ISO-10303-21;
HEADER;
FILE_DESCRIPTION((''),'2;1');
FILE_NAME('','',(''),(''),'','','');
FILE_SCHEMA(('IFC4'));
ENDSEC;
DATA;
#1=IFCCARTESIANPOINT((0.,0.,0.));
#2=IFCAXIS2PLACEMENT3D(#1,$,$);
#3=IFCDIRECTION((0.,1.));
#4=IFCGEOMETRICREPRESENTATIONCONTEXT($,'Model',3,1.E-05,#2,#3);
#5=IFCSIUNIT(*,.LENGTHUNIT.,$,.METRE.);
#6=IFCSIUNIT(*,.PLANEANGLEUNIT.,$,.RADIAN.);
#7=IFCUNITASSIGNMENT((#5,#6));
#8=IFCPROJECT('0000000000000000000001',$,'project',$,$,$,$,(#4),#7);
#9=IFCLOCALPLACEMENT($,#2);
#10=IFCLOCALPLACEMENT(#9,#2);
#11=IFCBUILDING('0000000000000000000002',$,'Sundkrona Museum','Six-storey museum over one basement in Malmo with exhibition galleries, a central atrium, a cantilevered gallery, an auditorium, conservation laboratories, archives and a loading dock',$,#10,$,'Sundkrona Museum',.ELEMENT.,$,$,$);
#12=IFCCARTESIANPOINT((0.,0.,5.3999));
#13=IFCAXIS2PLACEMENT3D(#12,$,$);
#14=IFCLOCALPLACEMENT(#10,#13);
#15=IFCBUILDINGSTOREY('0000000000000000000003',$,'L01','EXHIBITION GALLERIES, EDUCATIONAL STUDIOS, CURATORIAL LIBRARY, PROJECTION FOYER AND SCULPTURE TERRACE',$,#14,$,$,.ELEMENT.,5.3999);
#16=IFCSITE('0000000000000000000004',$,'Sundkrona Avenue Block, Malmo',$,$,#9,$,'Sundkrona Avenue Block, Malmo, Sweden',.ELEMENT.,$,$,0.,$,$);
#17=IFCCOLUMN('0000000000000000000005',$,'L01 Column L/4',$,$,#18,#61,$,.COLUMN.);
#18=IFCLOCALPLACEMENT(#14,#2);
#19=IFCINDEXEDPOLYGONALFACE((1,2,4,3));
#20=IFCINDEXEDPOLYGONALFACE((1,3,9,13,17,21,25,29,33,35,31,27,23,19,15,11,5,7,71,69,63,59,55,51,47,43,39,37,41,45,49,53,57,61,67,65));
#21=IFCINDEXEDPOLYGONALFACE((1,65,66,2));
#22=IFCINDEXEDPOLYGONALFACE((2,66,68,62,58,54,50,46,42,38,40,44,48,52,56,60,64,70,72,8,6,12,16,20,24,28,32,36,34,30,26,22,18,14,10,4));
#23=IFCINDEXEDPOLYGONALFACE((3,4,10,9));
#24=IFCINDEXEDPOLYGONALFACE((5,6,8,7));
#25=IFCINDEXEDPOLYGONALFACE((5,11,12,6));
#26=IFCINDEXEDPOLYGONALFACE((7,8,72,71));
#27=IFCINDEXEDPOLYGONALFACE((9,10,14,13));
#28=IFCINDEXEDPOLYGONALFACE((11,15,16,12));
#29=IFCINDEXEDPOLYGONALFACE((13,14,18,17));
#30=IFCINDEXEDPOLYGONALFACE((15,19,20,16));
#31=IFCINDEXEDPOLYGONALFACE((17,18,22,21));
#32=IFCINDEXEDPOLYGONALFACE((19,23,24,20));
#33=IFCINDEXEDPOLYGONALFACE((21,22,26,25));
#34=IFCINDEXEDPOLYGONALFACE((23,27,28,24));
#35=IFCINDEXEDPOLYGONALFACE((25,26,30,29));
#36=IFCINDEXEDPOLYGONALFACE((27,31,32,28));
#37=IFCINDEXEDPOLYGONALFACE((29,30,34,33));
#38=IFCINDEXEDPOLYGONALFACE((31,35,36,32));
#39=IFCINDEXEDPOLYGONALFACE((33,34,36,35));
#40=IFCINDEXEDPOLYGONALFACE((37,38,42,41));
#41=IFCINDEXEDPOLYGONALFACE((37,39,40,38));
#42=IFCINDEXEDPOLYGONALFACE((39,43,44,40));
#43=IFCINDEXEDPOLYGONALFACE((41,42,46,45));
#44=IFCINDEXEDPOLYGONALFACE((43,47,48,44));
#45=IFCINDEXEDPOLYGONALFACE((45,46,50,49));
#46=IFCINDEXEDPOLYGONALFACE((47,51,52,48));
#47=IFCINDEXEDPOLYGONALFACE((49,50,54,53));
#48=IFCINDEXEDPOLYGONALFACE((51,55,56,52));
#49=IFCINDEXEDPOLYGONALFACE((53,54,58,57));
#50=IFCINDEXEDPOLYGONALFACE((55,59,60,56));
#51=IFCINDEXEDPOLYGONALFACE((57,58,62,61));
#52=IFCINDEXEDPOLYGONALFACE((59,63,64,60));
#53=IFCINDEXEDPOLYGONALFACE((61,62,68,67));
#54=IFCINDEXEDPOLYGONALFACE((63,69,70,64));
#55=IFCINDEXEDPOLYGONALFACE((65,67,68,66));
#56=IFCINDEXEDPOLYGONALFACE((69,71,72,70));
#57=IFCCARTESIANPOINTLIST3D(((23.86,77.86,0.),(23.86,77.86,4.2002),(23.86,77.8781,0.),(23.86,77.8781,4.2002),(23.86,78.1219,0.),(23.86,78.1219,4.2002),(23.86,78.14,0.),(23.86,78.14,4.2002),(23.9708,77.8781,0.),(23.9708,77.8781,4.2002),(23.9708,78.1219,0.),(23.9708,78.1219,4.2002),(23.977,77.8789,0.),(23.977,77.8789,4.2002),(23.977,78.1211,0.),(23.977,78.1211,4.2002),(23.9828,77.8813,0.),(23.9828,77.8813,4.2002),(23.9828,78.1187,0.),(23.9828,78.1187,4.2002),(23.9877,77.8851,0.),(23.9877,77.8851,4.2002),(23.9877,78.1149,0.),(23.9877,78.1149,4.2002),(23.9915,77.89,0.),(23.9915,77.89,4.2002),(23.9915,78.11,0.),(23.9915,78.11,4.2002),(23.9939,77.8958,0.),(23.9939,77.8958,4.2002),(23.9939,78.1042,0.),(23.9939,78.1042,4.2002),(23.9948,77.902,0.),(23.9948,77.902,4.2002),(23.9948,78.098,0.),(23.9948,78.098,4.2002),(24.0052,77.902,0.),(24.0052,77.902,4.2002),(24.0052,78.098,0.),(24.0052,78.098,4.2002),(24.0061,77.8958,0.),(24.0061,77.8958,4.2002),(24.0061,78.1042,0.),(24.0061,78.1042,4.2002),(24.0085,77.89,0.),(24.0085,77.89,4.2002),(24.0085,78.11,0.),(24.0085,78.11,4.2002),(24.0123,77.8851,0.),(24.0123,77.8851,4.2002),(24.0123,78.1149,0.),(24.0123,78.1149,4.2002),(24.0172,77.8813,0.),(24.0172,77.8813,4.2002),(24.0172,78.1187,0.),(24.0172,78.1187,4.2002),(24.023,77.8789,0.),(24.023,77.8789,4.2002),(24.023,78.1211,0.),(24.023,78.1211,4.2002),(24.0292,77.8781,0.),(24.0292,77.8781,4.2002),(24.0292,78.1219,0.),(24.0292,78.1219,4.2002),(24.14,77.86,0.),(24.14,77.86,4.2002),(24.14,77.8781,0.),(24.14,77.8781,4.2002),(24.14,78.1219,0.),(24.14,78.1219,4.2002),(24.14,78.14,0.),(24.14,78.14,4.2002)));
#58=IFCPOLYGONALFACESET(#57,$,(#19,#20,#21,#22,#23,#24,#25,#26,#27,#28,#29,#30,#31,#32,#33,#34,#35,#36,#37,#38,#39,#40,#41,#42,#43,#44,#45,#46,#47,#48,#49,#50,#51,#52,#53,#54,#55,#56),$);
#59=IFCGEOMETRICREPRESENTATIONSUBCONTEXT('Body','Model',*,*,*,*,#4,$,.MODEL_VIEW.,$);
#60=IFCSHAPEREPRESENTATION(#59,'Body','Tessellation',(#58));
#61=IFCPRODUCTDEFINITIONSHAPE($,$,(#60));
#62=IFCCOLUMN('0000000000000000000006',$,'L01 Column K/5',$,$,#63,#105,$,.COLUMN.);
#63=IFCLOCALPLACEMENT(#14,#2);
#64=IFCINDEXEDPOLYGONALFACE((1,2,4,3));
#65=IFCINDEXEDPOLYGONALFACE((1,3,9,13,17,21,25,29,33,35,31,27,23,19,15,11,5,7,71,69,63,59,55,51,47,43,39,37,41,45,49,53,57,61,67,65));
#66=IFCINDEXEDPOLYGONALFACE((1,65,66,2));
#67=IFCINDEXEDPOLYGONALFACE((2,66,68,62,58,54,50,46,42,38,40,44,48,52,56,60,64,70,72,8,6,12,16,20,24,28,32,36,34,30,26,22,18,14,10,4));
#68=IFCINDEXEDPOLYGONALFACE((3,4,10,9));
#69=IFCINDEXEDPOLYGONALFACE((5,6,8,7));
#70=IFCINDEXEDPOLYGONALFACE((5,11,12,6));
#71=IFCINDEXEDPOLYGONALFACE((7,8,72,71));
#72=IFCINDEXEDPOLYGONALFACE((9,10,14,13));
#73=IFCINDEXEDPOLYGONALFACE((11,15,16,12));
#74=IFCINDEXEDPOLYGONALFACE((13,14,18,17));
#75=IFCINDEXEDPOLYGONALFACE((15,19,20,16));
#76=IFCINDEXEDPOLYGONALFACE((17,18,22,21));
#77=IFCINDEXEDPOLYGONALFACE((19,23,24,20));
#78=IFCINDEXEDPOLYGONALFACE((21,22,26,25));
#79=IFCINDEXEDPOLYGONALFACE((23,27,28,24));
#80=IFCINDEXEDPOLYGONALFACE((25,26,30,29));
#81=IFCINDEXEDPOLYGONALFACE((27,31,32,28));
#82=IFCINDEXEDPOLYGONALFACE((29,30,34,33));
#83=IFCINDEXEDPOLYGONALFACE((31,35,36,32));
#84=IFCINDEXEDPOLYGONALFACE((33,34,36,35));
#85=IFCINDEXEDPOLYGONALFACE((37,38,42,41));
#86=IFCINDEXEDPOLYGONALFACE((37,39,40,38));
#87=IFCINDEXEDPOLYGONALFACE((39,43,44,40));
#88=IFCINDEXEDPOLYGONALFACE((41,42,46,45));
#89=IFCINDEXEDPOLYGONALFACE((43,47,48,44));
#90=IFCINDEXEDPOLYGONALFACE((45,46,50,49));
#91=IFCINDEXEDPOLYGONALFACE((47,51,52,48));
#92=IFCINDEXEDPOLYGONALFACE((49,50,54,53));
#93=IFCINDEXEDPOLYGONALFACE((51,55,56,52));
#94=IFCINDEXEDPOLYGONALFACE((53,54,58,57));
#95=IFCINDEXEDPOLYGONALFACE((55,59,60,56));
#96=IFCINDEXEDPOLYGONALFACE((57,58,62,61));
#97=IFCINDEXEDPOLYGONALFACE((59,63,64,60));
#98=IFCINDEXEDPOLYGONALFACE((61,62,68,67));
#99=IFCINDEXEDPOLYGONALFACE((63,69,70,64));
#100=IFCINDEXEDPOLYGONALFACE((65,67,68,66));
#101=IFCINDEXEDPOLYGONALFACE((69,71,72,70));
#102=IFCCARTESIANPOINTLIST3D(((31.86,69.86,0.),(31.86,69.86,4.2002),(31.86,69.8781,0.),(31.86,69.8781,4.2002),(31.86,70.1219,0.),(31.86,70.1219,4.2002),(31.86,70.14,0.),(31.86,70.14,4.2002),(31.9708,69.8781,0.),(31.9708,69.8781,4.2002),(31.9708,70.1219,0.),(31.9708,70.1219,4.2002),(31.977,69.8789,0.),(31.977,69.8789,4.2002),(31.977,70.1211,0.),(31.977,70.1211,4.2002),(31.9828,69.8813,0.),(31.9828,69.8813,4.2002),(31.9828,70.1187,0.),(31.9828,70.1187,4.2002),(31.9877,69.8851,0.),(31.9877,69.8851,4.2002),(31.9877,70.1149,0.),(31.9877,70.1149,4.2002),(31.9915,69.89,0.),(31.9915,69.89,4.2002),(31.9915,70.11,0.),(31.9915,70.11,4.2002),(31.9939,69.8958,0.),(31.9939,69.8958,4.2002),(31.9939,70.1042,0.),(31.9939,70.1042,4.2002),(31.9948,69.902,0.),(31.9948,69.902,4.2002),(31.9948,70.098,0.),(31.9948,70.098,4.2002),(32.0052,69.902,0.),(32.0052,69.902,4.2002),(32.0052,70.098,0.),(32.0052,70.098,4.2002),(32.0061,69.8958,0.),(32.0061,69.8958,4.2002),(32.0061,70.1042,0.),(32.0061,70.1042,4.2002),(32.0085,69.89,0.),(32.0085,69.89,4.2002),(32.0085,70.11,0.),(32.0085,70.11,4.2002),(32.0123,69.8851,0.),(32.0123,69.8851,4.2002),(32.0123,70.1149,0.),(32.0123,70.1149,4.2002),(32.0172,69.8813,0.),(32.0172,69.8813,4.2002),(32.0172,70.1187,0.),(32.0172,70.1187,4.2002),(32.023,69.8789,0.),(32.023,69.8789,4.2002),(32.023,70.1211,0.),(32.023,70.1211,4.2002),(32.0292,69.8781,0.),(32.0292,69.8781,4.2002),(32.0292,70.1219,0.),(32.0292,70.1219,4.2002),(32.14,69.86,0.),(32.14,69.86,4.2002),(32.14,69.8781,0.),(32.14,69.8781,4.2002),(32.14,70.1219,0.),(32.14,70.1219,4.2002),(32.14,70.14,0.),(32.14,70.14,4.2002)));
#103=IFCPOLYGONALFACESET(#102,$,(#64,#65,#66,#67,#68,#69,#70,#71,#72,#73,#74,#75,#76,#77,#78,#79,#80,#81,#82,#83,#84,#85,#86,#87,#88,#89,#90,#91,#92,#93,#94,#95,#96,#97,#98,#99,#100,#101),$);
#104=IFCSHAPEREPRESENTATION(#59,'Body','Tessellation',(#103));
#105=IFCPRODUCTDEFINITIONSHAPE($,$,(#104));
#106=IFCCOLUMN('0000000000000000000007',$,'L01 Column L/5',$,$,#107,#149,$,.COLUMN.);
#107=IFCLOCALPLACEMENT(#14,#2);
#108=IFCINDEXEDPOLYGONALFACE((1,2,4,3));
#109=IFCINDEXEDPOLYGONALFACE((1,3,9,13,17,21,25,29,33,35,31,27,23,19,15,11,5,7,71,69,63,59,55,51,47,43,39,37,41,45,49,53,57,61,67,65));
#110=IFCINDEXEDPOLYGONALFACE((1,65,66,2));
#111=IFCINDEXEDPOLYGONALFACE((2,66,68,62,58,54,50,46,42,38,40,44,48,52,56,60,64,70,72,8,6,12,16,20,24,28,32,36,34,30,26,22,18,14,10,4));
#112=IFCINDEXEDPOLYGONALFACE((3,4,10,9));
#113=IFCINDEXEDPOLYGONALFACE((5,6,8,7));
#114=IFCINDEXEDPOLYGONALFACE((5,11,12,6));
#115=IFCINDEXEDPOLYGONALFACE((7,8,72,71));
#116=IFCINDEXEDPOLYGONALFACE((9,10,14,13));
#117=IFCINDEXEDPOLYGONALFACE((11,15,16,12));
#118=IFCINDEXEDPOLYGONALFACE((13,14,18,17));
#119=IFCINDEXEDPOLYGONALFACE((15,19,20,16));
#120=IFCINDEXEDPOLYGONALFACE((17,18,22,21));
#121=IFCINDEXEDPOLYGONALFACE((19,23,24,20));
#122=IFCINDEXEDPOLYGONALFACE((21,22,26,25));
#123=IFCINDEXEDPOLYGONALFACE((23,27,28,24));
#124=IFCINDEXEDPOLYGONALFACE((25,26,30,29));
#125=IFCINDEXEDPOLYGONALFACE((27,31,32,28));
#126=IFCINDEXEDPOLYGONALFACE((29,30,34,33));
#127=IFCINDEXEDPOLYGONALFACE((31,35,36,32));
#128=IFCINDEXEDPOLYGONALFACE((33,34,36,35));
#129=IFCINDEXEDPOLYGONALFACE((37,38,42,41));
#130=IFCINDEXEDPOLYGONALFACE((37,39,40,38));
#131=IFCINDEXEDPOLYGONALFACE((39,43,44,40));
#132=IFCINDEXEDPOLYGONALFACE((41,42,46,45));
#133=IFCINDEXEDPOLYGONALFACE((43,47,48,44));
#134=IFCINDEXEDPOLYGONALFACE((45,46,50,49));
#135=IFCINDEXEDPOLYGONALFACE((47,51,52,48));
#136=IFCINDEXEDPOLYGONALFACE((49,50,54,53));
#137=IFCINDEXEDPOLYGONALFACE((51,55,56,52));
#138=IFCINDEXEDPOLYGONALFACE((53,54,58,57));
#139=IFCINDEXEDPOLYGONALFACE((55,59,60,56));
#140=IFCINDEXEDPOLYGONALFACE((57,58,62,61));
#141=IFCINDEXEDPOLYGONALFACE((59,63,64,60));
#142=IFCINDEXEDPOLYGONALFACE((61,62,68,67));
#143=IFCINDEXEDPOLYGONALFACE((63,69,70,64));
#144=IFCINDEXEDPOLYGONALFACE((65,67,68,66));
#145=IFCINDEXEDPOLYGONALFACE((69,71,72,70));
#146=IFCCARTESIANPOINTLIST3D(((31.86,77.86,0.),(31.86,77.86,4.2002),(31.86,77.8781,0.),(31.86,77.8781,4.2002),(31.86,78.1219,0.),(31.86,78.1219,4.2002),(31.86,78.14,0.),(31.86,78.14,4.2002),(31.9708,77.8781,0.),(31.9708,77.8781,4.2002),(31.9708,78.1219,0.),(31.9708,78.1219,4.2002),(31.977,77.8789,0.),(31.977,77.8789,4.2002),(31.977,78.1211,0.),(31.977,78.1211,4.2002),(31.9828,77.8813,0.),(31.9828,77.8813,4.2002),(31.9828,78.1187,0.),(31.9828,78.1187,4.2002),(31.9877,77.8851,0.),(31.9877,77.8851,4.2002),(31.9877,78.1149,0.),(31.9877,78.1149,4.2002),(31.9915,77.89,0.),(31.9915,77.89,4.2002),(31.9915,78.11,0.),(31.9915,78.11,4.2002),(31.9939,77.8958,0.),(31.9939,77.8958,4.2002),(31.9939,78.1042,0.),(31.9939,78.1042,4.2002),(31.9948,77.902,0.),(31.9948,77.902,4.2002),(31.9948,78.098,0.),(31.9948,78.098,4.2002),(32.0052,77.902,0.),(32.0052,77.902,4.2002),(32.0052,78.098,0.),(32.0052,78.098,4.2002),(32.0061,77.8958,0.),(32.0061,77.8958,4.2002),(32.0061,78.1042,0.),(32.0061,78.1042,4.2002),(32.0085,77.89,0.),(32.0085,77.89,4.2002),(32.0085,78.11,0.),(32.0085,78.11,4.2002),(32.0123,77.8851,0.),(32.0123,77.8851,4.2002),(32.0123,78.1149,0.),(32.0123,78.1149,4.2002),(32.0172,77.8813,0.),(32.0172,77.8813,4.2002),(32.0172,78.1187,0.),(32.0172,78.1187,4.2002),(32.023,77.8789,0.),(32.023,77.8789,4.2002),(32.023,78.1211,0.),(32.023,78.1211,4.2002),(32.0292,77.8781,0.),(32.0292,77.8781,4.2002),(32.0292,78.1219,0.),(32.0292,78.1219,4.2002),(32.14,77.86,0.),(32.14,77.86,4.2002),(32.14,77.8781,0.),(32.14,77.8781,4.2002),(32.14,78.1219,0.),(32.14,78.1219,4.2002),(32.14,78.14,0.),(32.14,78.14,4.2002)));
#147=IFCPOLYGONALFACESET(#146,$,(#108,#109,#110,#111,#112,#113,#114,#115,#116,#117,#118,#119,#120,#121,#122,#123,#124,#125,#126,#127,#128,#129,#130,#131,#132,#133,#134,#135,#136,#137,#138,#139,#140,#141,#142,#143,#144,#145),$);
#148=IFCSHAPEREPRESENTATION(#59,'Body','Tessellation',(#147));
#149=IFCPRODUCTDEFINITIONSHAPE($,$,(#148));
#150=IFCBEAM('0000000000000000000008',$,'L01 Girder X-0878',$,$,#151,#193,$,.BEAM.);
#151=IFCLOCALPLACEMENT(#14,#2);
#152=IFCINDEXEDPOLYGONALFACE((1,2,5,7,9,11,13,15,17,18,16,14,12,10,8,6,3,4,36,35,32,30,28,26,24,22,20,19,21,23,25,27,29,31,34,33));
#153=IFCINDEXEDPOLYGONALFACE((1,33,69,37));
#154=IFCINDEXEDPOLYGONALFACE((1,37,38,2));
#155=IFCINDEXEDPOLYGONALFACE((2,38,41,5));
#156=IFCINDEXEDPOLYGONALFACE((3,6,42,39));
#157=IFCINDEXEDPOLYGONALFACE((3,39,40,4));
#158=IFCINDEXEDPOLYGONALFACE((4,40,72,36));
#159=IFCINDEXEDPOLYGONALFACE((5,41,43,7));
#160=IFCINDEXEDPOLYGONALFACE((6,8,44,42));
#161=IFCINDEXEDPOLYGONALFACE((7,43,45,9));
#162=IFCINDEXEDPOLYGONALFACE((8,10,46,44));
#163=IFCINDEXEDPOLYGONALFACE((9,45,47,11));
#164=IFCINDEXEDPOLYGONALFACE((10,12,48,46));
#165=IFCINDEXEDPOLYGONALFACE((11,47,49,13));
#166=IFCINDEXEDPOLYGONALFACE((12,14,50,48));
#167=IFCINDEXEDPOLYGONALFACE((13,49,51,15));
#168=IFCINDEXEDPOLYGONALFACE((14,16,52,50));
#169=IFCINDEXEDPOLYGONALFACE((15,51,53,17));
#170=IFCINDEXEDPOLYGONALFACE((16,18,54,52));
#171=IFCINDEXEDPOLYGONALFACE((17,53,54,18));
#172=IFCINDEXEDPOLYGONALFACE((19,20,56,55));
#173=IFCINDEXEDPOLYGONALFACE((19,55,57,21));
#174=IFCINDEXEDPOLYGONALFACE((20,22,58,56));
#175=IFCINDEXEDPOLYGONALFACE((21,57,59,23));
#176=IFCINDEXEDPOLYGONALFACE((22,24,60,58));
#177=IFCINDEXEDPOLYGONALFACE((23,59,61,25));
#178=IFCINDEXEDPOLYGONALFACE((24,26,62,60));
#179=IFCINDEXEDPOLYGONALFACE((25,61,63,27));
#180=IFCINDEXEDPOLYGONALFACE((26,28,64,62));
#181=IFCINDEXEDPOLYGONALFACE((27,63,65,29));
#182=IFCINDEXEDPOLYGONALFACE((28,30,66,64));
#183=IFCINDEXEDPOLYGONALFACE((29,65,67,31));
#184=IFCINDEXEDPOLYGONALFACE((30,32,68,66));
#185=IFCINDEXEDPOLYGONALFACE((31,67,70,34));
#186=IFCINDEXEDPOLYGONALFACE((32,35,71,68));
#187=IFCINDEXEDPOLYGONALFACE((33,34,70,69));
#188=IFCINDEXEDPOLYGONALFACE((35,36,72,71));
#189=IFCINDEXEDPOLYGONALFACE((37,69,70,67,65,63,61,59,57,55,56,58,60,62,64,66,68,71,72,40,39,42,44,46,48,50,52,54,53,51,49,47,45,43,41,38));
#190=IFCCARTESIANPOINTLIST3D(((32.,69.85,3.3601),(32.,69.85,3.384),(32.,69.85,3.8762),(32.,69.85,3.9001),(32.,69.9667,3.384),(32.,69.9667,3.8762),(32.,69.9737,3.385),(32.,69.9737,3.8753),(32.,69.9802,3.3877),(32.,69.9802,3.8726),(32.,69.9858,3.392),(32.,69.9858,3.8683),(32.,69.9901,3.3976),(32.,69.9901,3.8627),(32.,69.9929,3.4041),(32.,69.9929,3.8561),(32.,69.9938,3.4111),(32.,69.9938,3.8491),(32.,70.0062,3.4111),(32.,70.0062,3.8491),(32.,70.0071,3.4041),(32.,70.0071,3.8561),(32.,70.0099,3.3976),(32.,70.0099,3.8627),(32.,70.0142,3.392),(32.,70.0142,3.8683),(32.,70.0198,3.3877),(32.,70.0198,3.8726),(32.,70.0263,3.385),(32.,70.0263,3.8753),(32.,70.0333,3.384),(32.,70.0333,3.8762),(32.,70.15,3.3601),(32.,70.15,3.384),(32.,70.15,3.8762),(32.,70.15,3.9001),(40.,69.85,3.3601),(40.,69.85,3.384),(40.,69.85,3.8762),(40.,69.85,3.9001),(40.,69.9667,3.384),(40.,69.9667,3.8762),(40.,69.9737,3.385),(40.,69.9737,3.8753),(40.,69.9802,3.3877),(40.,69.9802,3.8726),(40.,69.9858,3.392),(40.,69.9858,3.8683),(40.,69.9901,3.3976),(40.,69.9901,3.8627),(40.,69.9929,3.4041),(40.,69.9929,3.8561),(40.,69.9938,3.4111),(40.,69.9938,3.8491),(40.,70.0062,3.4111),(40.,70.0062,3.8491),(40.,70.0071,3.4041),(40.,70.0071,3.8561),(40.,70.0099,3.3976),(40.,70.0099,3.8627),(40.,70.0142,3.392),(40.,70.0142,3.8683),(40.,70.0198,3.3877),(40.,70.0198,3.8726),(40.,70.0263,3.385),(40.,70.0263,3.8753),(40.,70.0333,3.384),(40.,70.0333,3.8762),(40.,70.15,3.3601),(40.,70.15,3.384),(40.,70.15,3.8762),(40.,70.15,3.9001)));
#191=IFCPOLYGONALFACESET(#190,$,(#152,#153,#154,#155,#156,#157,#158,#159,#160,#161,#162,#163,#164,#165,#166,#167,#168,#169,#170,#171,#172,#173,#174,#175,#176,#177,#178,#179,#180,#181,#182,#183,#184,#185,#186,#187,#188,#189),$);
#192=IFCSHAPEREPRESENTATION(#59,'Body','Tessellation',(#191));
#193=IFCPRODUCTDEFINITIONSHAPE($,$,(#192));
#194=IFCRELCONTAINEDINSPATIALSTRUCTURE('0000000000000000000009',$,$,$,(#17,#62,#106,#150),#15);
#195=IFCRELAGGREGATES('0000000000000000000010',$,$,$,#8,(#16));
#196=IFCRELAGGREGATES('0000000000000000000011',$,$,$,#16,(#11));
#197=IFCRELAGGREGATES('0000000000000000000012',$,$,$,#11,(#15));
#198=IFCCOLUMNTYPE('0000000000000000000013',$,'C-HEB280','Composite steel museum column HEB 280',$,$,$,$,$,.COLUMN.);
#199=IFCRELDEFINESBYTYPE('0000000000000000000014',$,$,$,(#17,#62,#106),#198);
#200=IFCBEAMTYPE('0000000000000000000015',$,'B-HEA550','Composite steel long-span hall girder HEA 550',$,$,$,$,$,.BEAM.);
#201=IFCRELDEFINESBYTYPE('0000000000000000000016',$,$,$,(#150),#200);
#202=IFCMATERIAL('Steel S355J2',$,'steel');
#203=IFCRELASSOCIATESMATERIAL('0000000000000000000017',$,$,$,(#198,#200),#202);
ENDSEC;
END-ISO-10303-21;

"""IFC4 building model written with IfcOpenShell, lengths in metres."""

from ifc_helpers import new_model, si_unit, direction, frame, origin, origin_2d, place, context, subcontext, project, spatial, i_section, extrude, material, material_profile, profile_set, type_object, element, save


model = new_model("IFC4")

# Units and contexts
model_context = context("Model", 3, precision=1e-05, world=origin(), true_north=direction((0.0, 1.0)))
body_context = subcontext(model_context, "Body", "Model", "MODEL_VIEW")
ifc_project = project(units=[si_unit("LENGTHUNIT", "METRE"), si_unit("PLANEANGLEUNIT", "RADIAN")], contexts=[model_context])

# Site, building, storey
site_placement = place(None, origin())
site = spatial("IfcSite", under=ifc_project, at=site_placement, Name="Sundkrona Avenue Block, Malmo", LongName="Sundkrona Avenue Block, Malmo, Sweden", CompositionType="ELEMENT", RefElevation=0.0)
building_placement = place(site_placement, origin())
building = spatial("IfcBuilding", under=site, at=building_placement, Name="Sundkrona Museum", Description="Six-storey museum over one basement in Malmo with exhibition galleries, a central atrium, a cantilevered gallery, an auditorium, conservation laboratories, archives and a loading dock", LongName="Sundkrona Museum", CompositionType="ELEMENT")
storey_placement = place(building_placement, frame((0.0, 0.0, 5.3999)))
storey = spatial("IfcBuildingStorey", under=building, at=storey_placement, Name="L01", Description="EXHIBITION GALLERIES, EDUCATIONAL STUDIOS, CURATORIAL LIBRARY, PROJECTION FOYER AND SCULPTURE TERRACE", CompositionType="ELEMENT", Elevation=5.3999)

# Columns
ifc_material_1 = material(Name="Steel S355J2", Category="steel")
ifc_material_profile_1 = material_profile(ifc_material_1, i_section(OverallWidth=0.28, OverallDepth=0.28, WebThickness=0.0105, FlangeThickness=0.0181, FilletRadius=0.0239, at=origin_2d()), Name="HEB 280")
ifc_profile_set_1 = profile_set([ifc_material_profile_1], Name="Steel S355J2")
column_type = type_object("IfcColumnType", Name="C-HEB280", Description="Composite steel museum column HEB 280", PredefinedType="COLUMN", material=ifc_profile_set_1)
for number, where, z_axis, x_axis, name in (
    (1, (24.0, 78.0, 0.0), (0.0, 0.0, 1.0), (1.0, 0.0, 0.0), "L01 Column L/4"),
    (2, (32.0, 70.0, 0.0), (0.0, 0.0, 1.0), (1.0, 0.0, 0.0), "L01 Column K/5"),
    (3, (32.0, 78.0, 0.0), (0.0, 0.0, 1.0), (1.0, 0.0, 0.0), "L01 Column L/5"),
):
    element("IfcColumn", number, at=place(storey_placement, frame(where, z_axis=z_axis, x_axis=x_axis)), inside=storey, type_object=column_type, Name=name, PredefinedType="COLUMN", context=body_context, shape_type="SweptSolid", body=[
        extrude(i_section(OverallWidth=0.28, OverallDepth=0.28, WebThickness=0.0105, FlangeThickness=0.0181, FilletRadius=0.0239, at=origin_2d()), origin(), (0.0, 0.0, 1.0), 4.2002),
    ])

# Beam
ifc_material_profile_2 = material_profile(ifc_material_1, i_section(OverallWidth=0.3, OverallDepth=0.54, WebThickness=0.0125, FlangeThickness=0.0239, FilletRadius=0.0271, at=origin_2d()), Name="HEA 550")
ifc_profile_set_2 = profile_set([ifc_material_profile_2], Name="Steel S355J2")
beam_type_1 = type_object("IfcBeamType", Name="B-HEA550", Description="Composite steel long-span hall girder HEA 550", PredefinedType="BEAM", material=ifc_profile_set_2)
for number, where, z_axis, x_axis, name in (
    (4, (32.0, 70.0, 3.6301), (1.0, 0.0, 0.0), (0.0, 1.0, 0.0), "L01 Girder X-0878"),
):
    element("IfcBeam", number, at=place(storey_placement, frame(where, z_axis=z_axis, x_axis=x_axis)), inside=storey, type_object=beam_type_1, Name=name, PredefinedType="BEAM", context=body_context, shape_type="SweptSolid", body=[
        extrude(i_section(OverallWidth=0.3, OverallDepth=0.54, WebThickness=0.0125, FlangeThickness=0.0239, FilletRadius=0.0271, at=origin_2d()), origin(), (0.0, 0.0, 1.0), 8.0),
    ])

save(model, "model.ifc")
